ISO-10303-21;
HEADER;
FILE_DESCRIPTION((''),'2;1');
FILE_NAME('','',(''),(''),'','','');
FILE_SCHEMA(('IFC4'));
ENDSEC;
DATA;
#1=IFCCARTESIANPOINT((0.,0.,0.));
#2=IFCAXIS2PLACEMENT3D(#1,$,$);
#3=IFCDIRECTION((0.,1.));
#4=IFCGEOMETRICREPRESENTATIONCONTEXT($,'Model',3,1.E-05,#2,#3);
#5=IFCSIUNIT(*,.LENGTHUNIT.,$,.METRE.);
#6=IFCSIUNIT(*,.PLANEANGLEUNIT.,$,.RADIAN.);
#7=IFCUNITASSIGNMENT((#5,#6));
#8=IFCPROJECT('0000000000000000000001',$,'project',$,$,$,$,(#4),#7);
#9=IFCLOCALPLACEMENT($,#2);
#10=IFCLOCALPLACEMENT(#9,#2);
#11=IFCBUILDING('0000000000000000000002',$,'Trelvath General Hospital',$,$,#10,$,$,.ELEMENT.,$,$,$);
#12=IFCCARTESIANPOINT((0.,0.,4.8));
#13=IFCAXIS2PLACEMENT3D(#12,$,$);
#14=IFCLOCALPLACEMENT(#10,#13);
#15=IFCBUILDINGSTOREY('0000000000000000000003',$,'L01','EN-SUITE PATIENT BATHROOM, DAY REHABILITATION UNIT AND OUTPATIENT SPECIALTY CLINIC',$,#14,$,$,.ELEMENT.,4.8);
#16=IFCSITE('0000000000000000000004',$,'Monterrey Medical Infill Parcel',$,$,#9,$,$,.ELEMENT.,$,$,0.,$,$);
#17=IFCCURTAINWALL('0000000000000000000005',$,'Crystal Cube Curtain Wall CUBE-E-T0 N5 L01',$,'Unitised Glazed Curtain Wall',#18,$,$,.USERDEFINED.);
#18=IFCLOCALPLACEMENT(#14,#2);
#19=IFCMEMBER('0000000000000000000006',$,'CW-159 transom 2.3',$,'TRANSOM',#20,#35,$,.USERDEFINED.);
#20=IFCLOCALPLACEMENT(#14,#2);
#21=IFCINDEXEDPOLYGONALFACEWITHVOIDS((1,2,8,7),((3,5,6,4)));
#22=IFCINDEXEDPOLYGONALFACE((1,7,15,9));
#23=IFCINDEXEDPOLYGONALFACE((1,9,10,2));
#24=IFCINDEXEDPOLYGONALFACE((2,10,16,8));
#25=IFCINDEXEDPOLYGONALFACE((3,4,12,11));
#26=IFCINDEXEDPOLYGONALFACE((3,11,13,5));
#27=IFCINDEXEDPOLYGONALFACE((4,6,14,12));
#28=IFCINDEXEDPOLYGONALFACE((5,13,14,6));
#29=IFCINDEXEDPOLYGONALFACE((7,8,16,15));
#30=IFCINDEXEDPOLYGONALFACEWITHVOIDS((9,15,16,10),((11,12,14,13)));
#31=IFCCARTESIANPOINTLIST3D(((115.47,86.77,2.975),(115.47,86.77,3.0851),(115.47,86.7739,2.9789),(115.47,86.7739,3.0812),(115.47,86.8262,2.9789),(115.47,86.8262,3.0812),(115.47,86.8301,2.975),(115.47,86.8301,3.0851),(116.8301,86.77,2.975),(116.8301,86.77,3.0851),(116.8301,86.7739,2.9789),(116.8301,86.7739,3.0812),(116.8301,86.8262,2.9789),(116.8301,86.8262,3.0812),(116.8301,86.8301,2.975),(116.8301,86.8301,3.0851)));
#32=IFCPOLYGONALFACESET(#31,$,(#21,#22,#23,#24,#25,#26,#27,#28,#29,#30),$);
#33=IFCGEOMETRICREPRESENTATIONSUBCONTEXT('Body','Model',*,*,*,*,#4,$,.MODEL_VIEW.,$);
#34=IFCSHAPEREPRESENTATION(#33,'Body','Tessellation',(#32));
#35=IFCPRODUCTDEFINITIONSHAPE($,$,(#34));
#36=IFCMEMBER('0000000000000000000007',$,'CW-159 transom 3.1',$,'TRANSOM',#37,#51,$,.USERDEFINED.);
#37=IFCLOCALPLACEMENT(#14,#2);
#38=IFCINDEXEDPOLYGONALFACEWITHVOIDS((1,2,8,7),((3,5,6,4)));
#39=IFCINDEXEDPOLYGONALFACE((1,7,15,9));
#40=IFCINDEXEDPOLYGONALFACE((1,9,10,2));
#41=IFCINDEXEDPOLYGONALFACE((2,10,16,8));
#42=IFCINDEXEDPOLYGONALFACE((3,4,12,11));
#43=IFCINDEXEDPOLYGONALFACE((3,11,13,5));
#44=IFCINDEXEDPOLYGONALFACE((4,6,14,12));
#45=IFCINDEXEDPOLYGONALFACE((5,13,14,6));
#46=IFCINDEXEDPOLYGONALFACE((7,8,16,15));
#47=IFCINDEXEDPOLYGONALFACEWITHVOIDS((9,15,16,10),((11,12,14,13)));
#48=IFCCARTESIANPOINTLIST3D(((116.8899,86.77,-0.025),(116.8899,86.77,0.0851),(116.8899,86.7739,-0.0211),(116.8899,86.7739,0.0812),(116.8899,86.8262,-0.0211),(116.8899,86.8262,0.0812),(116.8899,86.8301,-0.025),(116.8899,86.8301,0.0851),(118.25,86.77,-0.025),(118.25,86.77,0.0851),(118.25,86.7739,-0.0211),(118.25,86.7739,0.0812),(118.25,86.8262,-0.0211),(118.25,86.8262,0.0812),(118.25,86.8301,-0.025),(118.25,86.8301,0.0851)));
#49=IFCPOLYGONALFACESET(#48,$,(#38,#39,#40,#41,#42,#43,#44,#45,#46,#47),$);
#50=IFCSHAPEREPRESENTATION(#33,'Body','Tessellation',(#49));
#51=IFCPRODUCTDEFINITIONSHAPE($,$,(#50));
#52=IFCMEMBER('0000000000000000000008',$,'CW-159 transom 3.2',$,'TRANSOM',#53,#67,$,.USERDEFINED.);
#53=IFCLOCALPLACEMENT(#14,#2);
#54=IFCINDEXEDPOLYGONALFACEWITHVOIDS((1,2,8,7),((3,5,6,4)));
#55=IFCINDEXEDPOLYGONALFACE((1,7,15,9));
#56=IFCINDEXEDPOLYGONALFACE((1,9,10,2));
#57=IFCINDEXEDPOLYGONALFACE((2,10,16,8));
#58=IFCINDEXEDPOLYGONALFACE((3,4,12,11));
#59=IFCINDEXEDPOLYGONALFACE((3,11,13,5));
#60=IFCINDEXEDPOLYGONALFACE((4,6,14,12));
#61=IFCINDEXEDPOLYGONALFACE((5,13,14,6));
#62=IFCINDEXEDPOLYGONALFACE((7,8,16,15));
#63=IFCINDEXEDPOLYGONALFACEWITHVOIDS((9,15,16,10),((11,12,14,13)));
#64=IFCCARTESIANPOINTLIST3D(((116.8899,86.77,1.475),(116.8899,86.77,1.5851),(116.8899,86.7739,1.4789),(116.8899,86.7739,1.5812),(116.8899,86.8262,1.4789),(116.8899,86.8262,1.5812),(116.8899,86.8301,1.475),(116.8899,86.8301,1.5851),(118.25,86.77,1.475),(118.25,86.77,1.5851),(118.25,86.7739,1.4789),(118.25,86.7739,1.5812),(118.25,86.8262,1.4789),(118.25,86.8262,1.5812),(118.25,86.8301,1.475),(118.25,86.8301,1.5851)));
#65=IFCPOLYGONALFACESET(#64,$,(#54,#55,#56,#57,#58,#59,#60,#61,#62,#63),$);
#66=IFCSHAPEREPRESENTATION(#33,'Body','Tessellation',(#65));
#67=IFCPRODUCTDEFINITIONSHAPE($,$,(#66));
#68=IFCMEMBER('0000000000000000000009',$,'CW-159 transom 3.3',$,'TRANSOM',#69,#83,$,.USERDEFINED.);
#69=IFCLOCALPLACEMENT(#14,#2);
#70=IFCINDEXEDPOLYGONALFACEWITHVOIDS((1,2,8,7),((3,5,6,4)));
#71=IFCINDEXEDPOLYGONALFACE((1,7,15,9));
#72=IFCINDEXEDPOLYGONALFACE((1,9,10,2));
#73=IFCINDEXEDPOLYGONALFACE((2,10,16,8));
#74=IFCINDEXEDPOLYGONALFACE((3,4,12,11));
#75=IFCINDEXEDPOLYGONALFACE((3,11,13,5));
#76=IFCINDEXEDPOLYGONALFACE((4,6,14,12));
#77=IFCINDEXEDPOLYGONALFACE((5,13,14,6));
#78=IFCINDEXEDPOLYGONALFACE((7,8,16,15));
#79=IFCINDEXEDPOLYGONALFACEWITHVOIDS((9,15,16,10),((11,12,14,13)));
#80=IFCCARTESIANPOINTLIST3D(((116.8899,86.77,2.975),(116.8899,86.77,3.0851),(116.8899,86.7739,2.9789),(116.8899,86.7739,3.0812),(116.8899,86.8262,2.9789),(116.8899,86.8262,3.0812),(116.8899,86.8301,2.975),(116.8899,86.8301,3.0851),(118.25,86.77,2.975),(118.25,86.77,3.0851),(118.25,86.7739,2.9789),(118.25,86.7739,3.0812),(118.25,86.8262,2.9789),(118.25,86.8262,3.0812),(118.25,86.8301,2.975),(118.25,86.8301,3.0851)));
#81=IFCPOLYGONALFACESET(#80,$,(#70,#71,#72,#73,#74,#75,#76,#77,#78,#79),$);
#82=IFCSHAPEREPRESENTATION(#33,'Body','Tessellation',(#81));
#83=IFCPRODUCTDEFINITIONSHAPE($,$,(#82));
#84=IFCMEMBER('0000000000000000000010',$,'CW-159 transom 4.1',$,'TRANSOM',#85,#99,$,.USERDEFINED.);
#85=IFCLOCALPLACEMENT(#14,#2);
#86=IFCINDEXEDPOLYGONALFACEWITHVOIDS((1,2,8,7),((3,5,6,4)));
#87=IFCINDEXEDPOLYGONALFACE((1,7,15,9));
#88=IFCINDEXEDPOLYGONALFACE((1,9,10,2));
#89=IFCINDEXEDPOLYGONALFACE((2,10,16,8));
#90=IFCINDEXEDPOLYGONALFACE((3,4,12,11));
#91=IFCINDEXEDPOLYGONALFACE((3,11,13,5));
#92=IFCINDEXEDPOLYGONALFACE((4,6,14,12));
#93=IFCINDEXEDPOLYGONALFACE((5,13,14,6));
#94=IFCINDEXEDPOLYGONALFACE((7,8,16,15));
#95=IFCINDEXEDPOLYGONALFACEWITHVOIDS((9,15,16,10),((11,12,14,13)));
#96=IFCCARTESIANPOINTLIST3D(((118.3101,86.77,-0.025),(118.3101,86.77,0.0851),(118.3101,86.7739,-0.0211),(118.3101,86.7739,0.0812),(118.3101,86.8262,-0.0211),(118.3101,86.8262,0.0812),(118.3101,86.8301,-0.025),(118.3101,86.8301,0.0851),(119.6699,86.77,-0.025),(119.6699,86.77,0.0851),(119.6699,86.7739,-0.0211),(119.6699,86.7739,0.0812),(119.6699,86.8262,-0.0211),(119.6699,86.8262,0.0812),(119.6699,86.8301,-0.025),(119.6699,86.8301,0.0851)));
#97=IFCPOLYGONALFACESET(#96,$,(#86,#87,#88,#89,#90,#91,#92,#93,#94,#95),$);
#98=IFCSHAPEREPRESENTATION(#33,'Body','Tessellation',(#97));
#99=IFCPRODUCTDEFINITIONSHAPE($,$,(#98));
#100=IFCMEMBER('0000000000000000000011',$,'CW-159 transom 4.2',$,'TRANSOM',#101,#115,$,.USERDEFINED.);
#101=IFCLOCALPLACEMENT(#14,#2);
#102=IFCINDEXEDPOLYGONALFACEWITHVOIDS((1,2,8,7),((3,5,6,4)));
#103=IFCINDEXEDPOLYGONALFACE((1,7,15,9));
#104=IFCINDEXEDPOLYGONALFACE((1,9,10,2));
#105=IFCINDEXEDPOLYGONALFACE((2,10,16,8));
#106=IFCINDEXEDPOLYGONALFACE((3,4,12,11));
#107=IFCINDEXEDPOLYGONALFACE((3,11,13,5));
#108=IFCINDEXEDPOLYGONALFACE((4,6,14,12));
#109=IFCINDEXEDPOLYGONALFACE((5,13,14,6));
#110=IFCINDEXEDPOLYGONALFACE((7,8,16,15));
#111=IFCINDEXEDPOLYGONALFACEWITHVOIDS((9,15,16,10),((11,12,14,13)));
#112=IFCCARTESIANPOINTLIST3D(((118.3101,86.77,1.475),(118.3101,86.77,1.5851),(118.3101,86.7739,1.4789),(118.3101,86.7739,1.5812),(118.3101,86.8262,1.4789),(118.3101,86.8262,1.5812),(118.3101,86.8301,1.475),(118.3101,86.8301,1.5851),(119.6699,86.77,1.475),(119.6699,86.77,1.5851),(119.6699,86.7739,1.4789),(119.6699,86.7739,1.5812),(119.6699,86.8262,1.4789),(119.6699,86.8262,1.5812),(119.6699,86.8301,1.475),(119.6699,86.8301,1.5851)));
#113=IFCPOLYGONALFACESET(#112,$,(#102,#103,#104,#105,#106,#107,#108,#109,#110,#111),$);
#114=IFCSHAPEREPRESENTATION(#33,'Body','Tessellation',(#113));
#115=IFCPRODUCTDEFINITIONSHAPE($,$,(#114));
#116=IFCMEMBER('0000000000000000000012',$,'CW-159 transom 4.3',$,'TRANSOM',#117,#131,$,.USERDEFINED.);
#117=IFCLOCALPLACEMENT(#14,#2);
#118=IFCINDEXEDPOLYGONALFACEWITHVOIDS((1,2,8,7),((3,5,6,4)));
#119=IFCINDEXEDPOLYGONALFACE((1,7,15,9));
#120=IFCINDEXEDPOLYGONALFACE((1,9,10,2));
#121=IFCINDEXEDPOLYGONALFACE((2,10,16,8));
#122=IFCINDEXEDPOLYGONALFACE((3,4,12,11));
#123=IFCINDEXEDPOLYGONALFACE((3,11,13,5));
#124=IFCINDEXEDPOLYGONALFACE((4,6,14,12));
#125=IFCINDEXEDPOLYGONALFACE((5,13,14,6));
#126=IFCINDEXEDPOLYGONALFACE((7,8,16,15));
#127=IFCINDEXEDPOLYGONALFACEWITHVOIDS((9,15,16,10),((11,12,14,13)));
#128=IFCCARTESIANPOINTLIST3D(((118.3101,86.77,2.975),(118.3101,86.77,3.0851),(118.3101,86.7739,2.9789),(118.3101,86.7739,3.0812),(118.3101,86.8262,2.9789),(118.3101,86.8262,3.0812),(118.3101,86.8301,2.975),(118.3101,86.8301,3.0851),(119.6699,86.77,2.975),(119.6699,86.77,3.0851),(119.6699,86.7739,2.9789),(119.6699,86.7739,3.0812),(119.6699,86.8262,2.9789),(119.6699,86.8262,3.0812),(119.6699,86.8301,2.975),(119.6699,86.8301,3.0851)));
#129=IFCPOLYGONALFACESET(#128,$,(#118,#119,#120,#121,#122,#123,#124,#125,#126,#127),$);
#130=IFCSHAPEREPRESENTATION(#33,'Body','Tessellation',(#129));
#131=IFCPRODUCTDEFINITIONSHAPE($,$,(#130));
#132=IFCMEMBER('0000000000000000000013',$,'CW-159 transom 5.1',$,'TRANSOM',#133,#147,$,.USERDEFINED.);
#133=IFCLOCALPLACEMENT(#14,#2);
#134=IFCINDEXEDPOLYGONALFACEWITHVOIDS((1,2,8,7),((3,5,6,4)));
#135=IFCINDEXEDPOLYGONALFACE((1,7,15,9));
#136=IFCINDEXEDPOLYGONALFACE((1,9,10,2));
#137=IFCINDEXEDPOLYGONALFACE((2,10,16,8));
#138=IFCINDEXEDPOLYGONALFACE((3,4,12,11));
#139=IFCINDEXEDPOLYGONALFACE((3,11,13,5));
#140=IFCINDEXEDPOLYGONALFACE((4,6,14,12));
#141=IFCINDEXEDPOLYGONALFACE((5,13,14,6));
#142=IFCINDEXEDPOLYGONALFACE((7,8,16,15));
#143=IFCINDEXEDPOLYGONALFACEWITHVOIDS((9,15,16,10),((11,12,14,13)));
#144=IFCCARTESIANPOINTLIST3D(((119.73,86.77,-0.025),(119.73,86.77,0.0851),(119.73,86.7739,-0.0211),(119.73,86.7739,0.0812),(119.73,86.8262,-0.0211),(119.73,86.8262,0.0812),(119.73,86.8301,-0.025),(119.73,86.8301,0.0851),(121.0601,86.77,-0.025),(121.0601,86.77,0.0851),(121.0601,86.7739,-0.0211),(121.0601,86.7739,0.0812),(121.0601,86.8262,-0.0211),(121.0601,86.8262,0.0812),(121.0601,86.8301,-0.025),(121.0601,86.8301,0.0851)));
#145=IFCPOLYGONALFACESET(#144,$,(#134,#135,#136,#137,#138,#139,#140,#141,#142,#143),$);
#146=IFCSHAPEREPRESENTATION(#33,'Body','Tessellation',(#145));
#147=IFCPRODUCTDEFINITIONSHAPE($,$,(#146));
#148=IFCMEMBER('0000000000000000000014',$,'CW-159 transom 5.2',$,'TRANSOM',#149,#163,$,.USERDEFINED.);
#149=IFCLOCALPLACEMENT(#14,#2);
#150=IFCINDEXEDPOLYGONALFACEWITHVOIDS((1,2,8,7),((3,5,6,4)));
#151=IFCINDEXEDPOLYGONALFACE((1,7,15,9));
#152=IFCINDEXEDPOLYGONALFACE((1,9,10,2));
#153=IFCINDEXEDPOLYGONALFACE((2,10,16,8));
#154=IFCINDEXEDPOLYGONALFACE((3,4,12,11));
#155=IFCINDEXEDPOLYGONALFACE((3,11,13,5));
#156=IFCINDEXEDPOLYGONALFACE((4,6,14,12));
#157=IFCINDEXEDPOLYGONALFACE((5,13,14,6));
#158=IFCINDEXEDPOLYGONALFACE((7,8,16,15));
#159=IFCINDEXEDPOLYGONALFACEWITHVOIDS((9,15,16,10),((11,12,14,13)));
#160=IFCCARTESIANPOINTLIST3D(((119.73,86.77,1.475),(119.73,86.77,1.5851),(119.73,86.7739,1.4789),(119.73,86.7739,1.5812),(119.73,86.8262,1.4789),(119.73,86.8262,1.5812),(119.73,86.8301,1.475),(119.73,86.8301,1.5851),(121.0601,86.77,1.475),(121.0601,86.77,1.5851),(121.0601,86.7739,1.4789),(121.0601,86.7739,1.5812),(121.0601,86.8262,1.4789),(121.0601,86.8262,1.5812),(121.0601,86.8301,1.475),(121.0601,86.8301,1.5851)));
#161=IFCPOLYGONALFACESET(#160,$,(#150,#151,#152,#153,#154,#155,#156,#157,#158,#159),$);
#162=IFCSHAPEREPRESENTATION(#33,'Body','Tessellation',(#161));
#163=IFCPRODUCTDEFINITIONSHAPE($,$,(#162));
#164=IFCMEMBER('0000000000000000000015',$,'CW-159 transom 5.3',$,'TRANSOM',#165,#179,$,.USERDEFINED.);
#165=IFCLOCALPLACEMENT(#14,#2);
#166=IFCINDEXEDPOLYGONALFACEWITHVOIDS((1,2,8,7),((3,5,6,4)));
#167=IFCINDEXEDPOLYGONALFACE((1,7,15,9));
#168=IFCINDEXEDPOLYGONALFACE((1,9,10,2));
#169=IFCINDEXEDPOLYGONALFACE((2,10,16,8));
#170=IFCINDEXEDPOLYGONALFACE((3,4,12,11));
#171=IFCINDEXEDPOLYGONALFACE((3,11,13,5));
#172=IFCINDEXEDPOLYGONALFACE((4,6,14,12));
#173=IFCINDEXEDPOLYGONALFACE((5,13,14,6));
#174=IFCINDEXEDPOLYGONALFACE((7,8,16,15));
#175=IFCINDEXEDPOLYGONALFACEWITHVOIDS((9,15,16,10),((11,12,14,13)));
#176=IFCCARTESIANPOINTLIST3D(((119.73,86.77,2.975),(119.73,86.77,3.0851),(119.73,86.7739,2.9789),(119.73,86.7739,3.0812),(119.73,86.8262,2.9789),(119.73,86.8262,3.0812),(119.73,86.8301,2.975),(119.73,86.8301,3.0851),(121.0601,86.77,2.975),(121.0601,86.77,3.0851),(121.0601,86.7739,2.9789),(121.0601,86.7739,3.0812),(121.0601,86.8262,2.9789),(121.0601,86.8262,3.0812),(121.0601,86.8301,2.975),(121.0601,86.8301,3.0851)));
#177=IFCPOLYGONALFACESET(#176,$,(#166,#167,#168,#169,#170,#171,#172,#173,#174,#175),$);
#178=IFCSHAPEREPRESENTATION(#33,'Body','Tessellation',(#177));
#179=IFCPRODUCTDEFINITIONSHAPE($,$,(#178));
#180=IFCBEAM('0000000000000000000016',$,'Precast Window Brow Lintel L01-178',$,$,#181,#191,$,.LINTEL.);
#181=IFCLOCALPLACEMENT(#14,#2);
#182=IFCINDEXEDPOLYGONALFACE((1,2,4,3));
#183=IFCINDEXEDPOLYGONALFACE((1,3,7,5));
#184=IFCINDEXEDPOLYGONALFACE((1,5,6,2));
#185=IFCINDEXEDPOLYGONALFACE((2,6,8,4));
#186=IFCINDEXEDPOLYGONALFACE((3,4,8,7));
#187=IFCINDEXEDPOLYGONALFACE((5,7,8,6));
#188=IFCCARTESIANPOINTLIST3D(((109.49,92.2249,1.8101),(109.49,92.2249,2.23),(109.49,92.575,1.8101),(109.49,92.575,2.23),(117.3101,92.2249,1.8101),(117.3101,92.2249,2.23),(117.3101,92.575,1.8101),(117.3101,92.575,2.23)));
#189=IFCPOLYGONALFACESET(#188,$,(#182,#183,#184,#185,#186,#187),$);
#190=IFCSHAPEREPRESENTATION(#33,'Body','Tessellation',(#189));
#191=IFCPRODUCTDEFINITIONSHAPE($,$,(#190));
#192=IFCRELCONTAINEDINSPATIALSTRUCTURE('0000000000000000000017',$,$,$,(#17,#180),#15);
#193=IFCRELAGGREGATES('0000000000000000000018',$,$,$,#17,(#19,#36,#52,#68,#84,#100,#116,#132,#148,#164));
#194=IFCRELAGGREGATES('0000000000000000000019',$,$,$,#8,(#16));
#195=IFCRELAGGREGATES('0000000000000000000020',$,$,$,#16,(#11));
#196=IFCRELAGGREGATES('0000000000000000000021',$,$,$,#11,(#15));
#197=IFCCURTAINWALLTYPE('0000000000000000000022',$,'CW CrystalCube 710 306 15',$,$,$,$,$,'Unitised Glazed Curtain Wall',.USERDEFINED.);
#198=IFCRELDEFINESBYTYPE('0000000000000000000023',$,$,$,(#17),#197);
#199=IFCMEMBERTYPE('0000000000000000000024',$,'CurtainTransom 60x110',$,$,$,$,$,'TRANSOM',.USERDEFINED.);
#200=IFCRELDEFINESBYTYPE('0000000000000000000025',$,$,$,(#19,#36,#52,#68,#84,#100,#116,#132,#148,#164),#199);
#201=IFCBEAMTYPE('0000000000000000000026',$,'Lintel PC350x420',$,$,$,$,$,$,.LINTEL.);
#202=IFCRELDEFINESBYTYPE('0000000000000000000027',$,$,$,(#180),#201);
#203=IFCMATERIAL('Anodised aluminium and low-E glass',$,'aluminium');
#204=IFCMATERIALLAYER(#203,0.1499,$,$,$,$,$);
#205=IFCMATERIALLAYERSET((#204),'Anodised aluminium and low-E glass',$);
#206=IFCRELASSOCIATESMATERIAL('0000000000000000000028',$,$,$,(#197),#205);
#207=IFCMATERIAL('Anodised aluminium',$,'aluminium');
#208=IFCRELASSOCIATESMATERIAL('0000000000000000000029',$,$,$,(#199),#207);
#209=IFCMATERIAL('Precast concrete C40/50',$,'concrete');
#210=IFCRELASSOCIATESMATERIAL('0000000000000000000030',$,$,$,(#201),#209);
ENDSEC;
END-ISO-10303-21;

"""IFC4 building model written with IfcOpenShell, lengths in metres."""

from ifc_helpers import new_model, si_unit, direction, frame, origin, origin_2d, place, context, subcontext, project, spatial, rectangle, hollow_rectangle, extrude, material, layer, layer_set, material_profile, profile_set, type_object, element, aggregate, save


model = new_model("IFC4")

# Units and contexts
model_context = context("Model", 3, precision=1e-05, world=origin(), true_north=direction((0.0, 1.0)))
body_context = subcontext(model_context, "Body", "Model", "MODEL_VIEW")
ifc_project = project(units=[si_unit("LENGTHUNIT", "METRE"), si_unit("PLANEANGLEUNIT", "RADIAN")], contexts=[model_context])

# Site, building, storey
site_placement = place(None, origin())
site = spatial("IfcSite", under=ifc_project, at=site_placement, Name="Monterrey Medical Infill Parcel", CompositionType="ELEMENT", RefElevation=0.0)
building_placement = place(site_placement, origin())
building = spatial("IfcBuilding", under=site, at=building_placement, Name="Trelvath General Hospital", CompositionType="ELEMENT")
storey_placement = place(building_placement, frame((0.0, 0.0, 4.8)))
storey = spatial("IfcBuildingStorey", under=building, at=storey_placement, Name="L01", Description="EN-SUITE PATIENT BATHROOM, DAY REHABILITATION UNIT AND OUTPATIENT SPECIALTY CLINIC", CompositionType="ELEMENT", Elevation=4.8)

# Curtain wall, members
ifc_material_1 = material(Name="Anodised aluminium and low-E glass", Category="aluminium")
ifc_layer_1 = layer(ifc_material_1, 0.1499)
ifc_layer_set_1 = layer_set([ifc_layer_1], Name="Anodised aluminium and low-E glass")
curtain_wall_type = type_object("IfcCurtainWallType", Name="CW CrystalCube 710 306 15", ElementType="Unitised Glazed Curtain Wall", PredefinedType="USERDEFINED", material=ifc_layer_set_1)
curtain_wall_placement = place(storey_placement, origin())
curtain_wall = element("IfcCurtainWall", 1, at=curtain_wall_placement, inside=storey, type_object=curtain_wall_type, Name="Crystal Cube Curtain Wall CUBE-E-T0 N5 L01", ObjectType="Unitised Glazed Curtain Wall", PredefinedType="USERDEFINED")
ifc_material_2 = material(Name="Anodised aluminium", Category="aluminium")
ifc_material_profile_1 = material_profile(ifc_material_2, hollow_rectangle(XDim=0.0601, YDim=0.1101, WallThickness=0.0039, at=origin_2d()), Name="RHS60x110x4")
ifc_profile_set_1 = profile_set([ifc_material_profile_1], Name="Anodised aluminium")
member_type_1 = type_object("IfcMemberType", Name="CurtainTransom 60x110", ElementType="TRANSOM", PredefinedType="USERDEFINED", material=ifc_profile_set_1)
member_1_placement = place(storey_placement, frame((115.47, 86.8, 3.03), z_axis=(1.0, 0.0, 0.0), x_axis=(0.0, 1.0, 0.0)))
member_1 = element("IfcMember", 2, at=member_1_placement, type_object=member_type_1, Name="CW-159 transom 2.3", ObjectType="TRANSOM", PredefinedType="USERDEFINED", context=body_context, shape_type="SweptSolid", body=[
    extrude(hollow_rectangle(XDim=0.0601, YDim=0.1101, WallThickness=0.0039, at=origin_2d()), origin(), (0.0, 0.0, 1.0), 1.3601),
])
member_2_placement = place(storey_placement, frame((116.8899, 86.8, 0.03), z_axis=(1.0, 0.0, 0.0), x_axis=(0.0, 1.0, 0.0)))
member_2 = element("IfcMember", 3, at=member_2_placement, type_object=member_type_1, Name="CW-159 transom 3.1", ObjectType="TRANSOM", PredefinedType="USERDEFINED", context=body_context, shape_type="SweptSolid", body=[
    extrude(hollow_rectangle(XDim=0.0601, YDim=0.1101, WallThickness=0.0039, at=origin_2d()), origin(), (0.0, 0.0, 1.0), 1.3601),
])
member_3_placement = place(storey_placement, frame((116.8899, 86.8, 1.53), z_axis=(1.0, 0.0, 0.0), x_axis=(0.0, 1.0, 0.0)))
member_3 = element("IfcMember", 4, at=member_3_placement, type_object=member_type_1, Name="CW-159 transom 3.2", ObjectType="TRANSOM", PredefinedType="USERDEFINED", context=body_context, shape_type="SweptSolid", body=[
    extrude(hollow_rectangle(XDim=0.0601, YDim=0.1101, WallThickness=0.0039, at=origin_2d()), origin(), (0.0, 0.0, 1.0), 1.3601),
])
member_4_placement = place(storey_placement, frame((116.8899, 86.8, 3.03), z_axis=(1.0, 0.0, 0.0), x_axis=(0.0, 1.0, 0.0)))
member_4 = element("IfcMember", 5, at=member_4_placement, type_object=member_type_1, Name="CW-159 transom 3.3", ObjectType="TRANSOM", PredefinedType="USERDEFINED", context=body_context, shape_type="SweptSolid", body=[
    extrude(hollow_rectangle(XDim=0.0601, YDim=0.1101, WallThickness=0.0039, at=origin_2d()), origin(), (0.0, 0.0, 1.0), 1.3601),
])
member_5_placement = place(storey_placement, frame((118.3101, 86.8, 0.03), z_axis=(1.0, 0.0, 0.0), x_axis=(0.0, 1.0, 0.0)))
member_5 = element("IfcMember", 6, at=member_5_placement, type_object=member_type_1, Name="CW-159 transom 4.1", ObjectType="TRANSOM", PredefinedType="USERDEFINED", context=body_context, shape_type="SweptSolid", body=[
    extrude(hollow_rectangle(XDim=0.0601, YDim=0.1101, WallThickness=0.0039, at=origin_2d()), origin(), (0.0, 0.0, 1.0), 1.3599),
])
member_6_placement = place(storey_placement, frame((118.3101, 86.8, 1.53), z_axis=(1.0, 0.0, 0.0), x_axis=(0.0, 1.0, 0.0)))
member_6 = element("IfcMember", 7, at=member_6_placement, type_object=member_type_1, Name="CW-159 transom 4.2", ObjectType="TRANSOM", PredefinedType="USERDEFINED", context=body_context, shape_type="SweptSolid", body=[
    extrude(hollow_rectangle(XDim=0.0601, YDim=0.1101, WallThickness=0.0039, at=origin_2d()), origin(), (0.0, 0.0, 1.0), 1.3599),
])
member_7_placement = place(storey_placement, frame((118.3101, 86.8, 3.03), z_axis=(1.0, 0.0, 0.0), x_axis=(0.0, 1.0, 0.0)))
member_7 = element("IfcMember", 8, at=member_7_placement, type_object=member_type_1, Name="CW-159 transom 4.3", ObjectType="TRANSOM", PredefinedType="USERDEFINED", context=body_context, shape_type="SweptSolid", body=[
    extrude(hollow_rectangle(XDim=0.0601, YDim=0.1101, WallThickness=0.0039, at=origin_2d()), origin(), (0.0, 0.0, 1.0), 1.3599),
])
member_8_placement = place(storey_placement, frame((119.73, 86.8, 0.03), z_axis=(1.0, 0.0, 0.0), x_axis=(0.0, 1.0, 0.0)))
member_8 = element("IfcMember", 9, at=member_8_placement, type_object=member_type_1, Name="CW-159 transom 5.1", ObjectType="TRANSOM", PredefinedType="USERDEFINED", context=body_context, shape_type="SweptSolid", body=[
    extrude(hollow_rectangle(XDim=0.0601, YDim=0.1101, WallThickness=0.0039, at=origin_2d()), origin(), (0.0, 0.0, 1.0), 1.3301),
])
member_9_placement = place(storey_placement, frame((119.73, 86.8, 1.53), z_axis=(1.0, 0.0, 0.0), x_axis=(0.0, 1.0, 0.0)))
member_9 = element("IfcMember", 10, at=member_9_placement, type_object=member_type_1, Name="CW-159 transom 5.2", ObjectType="TRANSOM", PredefinedType="USERDEFINED", context=body_context, shape_type="SweptSolid", body=[
    extrude(hollow_rectangle(XDim=0.0601, YDim=0.1101, WallThickness=0.0039, at=origin_2d()), origin(), (0.0, 0.0, 1.0), 1.3301),
])
member_10_placement = place(storey_placement, frame((119.73, 86.8, 3.03), z_axis=(1.0, 0.0, 0.0), x_axis=(0.0, 1.0, 0.0)))
member_10 = element("IfcMember", 11, at=member_10_placement, type_object=member_type_1, Name="CW-159 transom 5.3", ObjectType="TRANSOM", PredefinedType="USERDEFINED", context=body_context, shape_type="SweptSolid", body=[
    extrude(hollow_rectangle(XDim=0.0601, YDim=0.1101, WallThickness=0.0039, at=origin_2d()), origin(), (0.0, 0.0, 1.0), 1.3301),
])

# Beam
ifc_material_3 = material(Name="Precast concrete C40/50", Category="concrete")
ifc_material_profile_2 = material_profile(ifc_material_3, rectangle(XDim=0.3501, YDim=0.4199, at=origin_2d()), Name="PCL350x420")
ifc_profile_set_2 = profile_set([ifc_material_profile_2], Name="Precast concrete C40/50")
beam_type_1 = type_object("IfcBeamType", Name="Lintel PC350x420", PredefinedType="LINTEL", material=ifc_profile_set_2)
beam_1_placement = place(storey_placement, frame((117.3101, 92.3999, 2.02), z_axis=(-1.0, 0.0, 0.0), x_axis=(0.0, -1.0, 0.0)))
element("IfcBeam", 12, at=beam_1_placement, inside=storey, type_object=beam_type_1, Name="Precast Window Brow Lintel L01-178", PredefinedType="LINTEL", context=body_context, shape_type="SweptSolid", body=[
    extrude(rectangle(XDim=0.3501, YDim=0.4199, at=origin_2d()), origin(), (0.0, 0.0, 1.0), 7.8201),
])

aggregate(curtain_wall, [member_1, member_2, member_3, member_4, member_5, member_6, member_7, member_8, member_9, member_10])

save(model, "model.ifc")
